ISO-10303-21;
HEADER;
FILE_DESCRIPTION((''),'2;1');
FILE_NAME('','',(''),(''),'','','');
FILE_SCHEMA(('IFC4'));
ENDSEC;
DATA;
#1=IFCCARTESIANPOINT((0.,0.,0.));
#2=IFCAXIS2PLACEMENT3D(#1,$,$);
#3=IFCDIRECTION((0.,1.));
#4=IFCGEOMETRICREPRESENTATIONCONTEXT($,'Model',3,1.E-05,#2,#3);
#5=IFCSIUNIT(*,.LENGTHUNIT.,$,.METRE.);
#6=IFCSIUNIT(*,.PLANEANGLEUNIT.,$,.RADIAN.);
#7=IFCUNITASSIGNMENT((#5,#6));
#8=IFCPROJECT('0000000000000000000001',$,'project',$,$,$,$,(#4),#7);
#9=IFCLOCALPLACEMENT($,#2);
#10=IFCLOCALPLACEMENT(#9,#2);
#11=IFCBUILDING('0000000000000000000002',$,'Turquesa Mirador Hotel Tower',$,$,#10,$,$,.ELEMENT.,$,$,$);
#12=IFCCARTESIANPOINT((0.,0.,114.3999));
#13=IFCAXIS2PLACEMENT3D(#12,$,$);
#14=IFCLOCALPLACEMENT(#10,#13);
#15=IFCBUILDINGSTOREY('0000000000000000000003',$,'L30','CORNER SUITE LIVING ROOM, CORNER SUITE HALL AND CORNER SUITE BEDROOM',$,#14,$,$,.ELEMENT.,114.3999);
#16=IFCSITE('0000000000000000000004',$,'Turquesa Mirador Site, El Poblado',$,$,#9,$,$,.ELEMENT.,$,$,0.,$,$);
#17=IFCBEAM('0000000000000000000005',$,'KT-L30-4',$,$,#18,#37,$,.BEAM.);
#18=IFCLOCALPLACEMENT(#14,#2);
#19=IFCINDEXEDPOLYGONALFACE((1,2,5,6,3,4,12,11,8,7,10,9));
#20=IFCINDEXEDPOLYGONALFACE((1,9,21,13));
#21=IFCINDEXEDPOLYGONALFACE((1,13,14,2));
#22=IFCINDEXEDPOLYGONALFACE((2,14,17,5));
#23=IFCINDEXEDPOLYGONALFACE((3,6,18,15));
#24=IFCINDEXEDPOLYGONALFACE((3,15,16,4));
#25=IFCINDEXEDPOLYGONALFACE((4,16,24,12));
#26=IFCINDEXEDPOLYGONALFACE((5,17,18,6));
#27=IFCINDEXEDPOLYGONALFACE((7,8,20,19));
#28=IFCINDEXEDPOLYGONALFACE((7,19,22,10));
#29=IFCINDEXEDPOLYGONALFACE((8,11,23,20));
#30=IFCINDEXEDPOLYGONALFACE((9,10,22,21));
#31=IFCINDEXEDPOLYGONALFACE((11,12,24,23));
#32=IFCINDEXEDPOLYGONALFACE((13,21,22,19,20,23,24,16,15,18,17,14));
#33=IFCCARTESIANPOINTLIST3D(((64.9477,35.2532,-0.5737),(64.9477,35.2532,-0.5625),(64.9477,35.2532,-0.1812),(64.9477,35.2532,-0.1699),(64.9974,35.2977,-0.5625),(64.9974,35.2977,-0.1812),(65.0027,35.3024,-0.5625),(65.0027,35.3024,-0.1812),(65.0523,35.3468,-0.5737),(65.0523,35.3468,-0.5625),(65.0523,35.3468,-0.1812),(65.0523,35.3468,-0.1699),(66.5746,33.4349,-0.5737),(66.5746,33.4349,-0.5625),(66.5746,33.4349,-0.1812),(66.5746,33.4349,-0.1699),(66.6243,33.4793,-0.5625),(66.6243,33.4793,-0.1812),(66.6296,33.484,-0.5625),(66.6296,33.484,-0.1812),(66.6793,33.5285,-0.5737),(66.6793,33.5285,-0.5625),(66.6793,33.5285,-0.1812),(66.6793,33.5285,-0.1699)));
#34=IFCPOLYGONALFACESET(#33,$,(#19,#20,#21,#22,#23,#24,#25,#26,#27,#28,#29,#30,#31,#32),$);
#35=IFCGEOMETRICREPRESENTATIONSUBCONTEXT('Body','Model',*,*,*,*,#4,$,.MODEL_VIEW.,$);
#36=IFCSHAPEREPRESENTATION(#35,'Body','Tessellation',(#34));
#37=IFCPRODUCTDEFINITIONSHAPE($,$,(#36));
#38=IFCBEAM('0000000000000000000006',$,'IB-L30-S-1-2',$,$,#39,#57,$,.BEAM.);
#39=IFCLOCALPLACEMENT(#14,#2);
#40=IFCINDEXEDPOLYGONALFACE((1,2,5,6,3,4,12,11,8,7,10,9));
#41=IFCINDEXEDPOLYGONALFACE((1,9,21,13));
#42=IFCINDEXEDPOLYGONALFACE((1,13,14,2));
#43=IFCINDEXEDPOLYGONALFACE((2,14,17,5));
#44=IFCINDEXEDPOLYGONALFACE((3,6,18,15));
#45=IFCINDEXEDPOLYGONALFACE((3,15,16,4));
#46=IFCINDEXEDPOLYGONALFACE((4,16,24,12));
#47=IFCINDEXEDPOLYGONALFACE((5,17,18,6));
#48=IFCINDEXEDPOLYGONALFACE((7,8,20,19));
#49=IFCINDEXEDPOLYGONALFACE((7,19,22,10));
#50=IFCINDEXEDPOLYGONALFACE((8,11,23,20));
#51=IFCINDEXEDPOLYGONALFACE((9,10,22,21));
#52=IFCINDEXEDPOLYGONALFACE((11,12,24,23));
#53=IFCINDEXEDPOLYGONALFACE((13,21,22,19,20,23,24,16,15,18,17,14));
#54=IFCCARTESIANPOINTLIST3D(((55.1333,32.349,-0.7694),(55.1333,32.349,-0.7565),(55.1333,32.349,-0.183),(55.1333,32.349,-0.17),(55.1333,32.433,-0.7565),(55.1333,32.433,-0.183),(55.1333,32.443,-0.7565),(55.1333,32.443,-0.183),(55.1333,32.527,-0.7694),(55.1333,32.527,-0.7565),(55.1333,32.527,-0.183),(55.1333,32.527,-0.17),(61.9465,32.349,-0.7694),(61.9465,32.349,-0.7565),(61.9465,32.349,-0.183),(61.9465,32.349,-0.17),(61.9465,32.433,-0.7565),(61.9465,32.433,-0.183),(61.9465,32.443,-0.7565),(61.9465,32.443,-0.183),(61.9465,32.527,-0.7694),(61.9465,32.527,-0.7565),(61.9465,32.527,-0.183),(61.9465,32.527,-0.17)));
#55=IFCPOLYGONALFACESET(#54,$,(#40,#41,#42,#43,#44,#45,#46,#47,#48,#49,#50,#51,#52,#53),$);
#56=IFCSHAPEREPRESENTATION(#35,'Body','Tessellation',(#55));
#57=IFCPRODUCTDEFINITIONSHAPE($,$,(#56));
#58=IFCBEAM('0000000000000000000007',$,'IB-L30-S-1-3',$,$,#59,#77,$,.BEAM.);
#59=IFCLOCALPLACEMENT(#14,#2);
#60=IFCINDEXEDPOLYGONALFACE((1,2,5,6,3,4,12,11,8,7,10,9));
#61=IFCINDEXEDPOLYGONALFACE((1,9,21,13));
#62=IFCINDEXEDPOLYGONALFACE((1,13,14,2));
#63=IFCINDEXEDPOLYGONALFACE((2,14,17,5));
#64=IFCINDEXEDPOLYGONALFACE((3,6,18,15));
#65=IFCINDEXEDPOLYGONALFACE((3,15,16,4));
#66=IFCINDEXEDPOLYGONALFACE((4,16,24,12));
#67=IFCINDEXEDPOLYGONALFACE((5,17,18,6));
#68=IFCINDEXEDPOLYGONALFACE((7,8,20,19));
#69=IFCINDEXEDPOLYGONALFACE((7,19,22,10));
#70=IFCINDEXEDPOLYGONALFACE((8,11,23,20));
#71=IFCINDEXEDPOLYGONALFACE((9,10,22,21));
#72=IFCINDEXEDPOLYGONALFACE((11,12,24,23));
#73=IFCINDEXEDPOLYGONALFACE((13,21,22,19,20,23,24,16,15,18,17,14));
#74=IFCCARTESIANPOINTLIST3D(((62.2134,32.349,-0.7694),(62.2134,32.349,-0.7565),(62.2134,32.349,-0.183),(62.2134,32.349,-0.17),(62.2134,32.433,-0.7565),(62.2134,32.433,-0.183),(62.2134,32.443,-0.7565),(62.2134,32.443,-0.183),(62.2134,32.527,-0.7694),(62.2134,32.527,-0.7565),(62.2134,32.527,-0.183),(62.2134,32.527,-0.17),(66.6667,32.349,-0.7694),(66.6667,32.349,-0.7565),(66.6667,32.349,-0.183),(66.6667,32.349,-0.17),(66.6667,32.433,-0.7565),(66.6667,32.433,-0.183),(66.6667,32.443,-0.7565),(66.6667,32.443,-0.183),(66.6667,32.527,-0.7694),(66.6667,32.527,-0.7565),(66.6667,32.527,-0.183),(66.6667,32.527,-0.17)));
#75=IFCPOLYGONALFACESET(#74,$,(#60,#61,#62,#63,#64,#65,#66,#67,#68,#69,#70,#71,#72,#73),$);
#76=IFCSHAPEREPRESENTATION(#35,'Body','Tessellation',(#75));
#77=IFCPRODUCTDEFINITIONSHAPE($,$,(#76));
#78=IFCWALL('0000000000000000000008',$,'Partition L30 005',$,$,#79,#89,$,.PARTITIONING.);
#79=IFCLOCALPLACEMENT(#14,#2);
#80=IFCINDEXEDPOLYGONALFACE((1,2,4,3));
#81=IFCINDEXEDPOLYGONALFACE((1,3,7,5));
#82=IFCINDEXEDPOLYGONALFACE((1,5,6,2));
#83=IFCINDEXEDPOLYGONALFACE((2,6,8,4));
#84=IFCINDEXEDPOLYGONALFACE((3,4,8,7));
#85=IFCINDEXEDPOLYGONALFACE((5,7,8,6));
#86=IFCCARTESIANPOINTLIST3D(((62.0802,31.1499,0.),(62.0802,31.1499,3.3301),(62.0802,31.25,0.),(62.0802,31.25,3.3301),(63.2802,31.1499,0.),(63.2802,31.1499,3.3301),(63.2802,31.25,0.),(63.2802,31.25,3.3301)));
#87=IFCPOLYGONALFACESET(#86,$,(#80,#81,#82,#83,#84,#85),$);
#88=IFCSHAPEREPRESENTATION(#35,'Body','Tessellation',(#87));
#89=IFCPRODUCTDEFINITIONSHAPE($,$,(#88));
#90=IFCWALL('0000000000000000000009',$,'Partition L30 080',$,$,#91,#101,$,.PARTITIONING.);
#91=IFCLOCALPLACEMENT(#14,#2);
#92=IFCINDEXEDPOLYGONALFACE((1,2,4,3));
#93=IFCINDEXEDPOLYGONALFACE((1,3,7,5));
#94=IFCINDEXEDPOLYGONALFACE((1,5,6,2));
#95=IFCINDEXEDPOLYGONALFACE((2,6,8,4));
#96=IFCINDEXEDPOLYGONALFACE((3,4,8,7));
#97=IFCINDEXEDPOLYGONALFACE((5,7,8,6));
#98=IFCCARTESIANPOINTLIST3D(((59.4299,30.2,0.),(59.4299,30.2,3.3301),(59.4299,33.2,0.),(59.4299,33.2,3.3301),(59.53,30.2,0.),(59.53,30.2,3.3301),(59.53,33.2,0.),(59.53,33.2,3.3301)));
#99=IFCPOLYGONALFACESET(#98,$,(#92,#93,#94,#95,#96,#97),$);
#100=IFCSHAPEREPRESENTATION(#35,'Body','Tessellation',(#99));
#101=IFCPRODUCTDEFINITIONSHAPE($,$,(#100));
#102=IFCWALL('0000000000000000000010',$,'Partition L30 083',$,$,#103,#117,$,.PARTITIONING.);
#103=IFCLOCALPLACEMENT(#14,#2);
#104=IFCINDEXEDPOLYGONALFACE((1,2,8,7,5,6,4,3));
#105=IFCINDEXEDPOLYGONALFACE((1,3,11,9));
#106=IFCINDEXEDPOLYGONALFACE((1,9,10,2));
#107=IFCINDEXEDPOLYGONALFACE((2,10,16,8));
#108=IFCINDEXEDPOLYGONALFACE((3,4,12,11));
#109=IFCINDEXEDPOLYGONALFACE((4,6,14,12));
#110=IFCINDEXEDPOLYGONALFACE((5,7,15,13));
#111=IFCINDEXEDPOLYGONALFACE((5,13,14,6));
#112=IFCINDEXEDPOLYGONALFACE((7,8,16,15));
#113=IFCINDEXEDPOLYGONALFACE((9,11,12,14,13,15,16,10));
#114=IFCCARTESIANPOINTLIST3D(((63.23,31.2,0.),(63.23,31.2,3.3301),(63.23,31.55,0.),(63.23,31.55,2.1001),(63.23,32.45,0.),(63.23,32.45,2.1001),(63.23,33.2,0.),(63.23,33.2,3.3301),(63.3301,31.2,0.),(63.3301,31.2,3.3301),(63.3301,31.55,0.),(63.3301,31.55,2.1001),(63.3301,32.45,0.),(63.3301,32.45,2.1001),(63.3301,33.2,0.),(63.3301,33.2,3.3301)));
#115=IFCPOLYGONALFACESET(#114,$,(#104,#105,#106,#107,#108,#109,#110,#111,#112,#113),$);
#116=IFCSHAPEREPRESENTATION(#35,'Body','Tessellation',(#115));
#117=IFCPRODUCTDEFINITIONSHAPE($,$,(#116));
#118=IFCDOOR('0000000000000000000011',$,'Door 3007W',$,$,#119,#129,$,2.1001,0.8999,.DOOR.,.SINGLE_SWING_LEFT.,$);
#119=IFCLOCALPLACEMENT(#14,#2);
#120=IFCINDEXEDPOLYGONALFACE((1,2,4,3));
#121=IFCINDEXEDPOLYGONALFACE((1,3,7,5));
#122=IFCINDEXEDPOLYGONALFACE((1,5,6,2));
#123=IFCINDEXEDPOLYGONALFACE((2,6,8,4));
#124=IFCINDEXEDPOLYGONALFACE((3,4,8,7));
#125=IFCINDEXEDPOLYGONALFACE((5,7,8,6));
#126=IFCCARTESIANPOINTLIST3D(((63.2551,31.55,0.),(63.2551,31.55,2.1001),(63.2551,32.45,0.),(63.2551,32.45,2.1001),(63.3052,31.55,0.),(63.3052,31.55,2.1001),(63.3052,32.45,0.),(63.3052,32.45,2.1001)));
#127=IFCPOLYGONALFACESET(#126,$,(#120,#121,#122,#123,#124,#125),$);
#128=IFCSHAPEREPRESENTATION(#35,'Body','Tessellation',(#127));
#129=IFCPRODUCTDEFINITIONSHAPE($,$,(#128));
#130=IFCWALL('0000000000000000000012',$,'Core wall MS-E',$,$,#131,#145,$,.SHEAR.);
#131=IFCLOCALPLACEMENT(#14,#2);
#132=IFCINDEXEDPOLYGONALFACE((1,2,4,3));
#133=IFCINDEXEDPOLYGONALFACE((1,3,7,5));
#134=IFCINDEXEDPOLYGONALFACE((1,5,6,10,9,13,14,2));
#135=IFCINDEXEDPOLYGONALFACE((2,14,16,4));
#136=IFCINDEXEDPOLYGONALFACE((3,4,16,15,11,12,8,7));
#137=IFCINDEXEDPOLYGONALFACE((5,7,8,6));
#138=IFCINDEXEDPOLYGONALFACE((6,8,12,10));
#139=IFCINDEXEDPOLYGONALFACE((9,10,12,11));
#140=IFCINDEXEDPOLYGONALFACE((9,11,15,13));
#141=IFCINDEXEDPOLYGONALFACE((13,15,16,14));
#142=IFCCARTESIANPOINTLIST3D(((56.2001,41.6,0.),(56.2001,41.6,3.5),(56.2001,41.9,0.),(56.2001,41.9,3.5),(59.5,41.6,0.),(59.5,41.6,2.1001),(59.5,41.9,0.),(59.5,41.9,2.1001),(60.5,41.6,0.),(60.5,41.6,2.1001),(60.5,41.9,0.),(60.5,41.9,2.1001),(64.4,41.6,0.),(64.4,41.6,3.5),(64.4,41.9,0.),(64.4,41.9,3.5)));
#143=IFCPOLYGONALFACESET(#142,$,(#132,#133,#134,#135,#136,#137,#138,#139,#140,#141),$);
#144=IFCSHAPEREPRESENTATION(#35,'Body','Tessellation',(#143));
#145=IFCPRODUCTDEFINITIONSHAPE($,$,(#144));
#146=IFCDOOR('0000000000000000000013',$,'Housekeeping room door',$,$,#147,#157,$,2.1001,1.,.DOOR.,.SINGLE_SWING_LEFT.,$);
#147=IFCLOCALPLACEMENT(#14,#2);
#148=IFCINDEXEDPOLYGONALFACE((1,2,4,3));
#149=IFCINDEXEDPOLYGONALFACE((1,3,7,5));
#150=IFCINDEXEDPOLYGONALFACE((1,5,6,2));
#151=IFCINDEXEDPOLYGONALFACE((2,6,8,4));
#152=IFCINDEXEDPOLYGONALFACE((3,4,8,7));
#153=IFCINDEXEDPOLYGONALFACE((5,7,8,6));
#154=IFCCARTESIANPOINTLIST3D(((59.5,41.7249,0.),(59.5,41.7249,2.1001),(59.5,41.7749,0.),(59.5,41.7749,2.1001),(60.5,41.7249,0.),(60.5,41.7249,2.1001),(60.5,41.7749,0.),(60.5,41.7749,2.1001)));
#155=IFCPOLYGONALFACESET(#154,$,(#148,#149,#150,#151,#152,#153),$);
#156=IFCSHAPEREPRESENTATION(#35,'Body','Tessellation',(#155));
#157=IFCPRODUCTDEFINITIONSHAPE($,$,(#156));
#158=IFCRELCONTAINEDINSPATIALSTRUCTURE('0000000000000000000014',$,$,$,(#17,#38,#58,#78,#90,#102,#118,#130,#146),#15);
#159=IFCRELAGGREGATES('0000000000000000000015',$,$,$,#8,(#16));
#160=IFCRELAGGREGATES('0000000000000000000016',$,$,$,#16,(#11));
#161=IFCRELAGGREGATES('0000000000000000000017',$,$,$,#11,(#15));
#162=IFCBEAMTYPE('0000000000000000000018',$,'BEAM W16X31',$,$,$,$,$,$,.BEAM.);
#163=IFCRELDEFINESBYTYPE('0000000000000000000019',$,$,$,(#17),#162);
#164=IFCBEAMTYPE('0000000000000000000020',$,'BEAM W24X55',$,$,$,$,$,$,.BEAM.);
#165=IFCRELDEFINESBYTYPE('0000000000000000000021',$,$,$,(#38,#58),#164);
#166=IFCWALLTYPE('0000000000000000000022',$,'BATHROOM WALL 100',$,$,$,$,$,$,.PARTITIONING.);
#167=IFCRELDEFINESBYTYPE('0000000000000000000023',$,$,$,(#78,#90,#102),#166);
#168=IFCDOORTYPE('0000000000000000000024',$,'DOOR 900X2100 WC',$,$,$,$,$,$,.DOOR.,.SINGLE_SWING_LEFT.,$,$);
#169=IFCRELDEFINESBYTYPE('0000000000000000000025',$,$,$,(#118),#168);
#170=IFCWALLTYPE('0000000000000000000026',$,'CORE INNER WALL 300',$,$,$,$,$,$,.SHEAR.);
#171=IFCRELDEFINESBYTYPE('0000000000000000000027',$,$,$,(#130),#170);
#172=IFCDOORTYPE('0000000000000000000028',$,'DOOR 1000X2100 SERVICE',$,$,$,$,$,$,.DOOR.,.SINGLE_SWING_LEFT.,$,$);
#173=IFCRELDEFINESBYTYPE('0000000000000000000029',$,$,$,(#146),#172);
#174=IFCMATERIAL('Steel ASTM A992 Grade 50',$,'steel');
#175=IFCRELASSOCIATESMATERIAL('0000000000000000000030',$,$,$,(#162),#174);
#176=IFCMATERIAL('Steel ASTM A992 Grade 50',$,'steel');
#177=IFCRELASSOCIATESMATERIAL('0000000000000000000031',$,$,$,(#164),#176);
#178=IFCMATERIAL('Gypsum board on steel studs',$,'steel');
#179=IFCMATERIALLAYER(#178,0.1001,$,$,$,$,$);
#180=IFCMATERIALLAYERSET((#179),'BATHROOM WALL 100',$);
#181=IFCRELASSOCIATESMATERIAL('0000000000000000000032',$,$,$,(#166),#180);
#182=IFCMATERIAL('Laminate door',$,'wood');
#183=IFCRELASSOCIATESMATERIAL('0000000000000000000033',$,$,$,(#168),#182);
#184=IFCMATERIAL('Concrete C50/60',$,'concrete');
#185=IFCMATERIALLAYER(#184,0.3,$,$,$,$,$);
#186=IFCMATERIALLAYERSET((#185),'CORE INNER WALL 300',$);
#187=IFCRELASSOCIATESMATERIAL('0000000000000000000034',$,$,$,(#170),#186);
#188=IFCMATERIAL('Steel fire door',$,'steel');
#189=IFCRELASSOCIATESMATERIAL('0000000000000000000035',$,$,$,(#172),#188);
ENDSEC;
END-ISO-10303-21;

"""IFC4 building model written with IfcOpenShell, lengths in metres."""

from ifc_helpers import new_model, si_unit, direction, frame, frame_2d, origin, origin_2d, place, context, subcontext, project, spatial, rectangle, i_section, extrude, material, layer, layer_set, material_profile, profile_set, type_object, element, fill, save


model = new_model("IFC4")

# Units and contexts
model_context = context("Model", 3, precision=1e-05, world=origin(), true_north=direction((0.0, 1.0)))
body_context = subcontext(model_context, "Body", "Model", "MODEL_VIEW")
ifc_project = project(units=[si_unit("LENGTHUNIT", "METRE"), si_unit("PLANEANGLEUNIT", "RADIAN")], contexts=[model_context])

# Site, building, storey
site_placement = place(None, origin())
site = spatial("IfcSite", under=ifc_project, at=site_placement, Name="Turquesa Mirador Site, El Poblado", CompositionType="ELEMENT", RefElevation=0.0)
building_placement = place(site_placement, origin())
building = spatial("IfcBuilding", under=site, at=building_placement, Name="Turquesa Mirador Hotel Tower", CompositionType="ELEMENT")
storey_placement = place(building_placement, frame((0.0, 0.0, 114.3999)))
storey = spatial("IfcBuildingStorey", under=building, at=storey_placement, Name="L30", Description="CORNER SUITE LIVING ROOM, CORNER SUITE HALL AND CORNER SUITE BEDROOM", CompositionType="ELEMENT", Elevation=114.3999)

# Beams
ifc_material_1 = material(Name="Steel ASTM A992 Grade 50", Category="steel")
ifc_material_profile_1 = material_profile(ifc_material_1, i_section(OverallWidth=0.1404, OverallDepth=0.4038, WebThickness=0.0071, FlangeThickness=0.0112, at=origin_2d()), Name="W16X31")
ifc_profile_set_1 = profile_set([ifc_material_profile_1], Name="Steel ASTM A992 Grade 50")
beam_type_1 = type_object("IfcBeamType", Name="BEAM W16X31", PredefinedType="BEAM", material=ifc_profile_set_1)
beam_1_placement = place(storey_placement, frame((66.627, 33.4817, -0.3718), z_axis=(-0.666795, 0.745241, 0.0), x_axis=(-0.745241, -0.666795, 0.0)))
element("IfcBeam", 1, at=beam_1_placement, inside=storey, type_object=beam_type_1, Name="KT-L30-4", PredefinedType="BEAM", context=body_context, shape_type="SweptSolid", body=[
    extrude(i_section(OverallWidth=0.1404, OverallDepth=0.4038, WebThickness=0.0071, FlangeThickness=0.0112, at=origin_2d()), origin(), (0.0, 0.0, 1.0), 2.4399),
])
ifc_material_2 = material(Name="Steel ASTM A992 Grade 50", Category="steel")
ifc_material_profile_2 = material_profile(ifc_material_2, i_section(OverallWidth=0.178, OverallDepth=0.5994, WebThickness=0.01, FlangeThickness=0.0129, at=origin_2d()), Name="W24X55")
ifc_profile_set_2 = profile_set([ifc_material_profile_2], Name="Steel ASTM A992 Grade 50")
beam_type_2 = type_object("IfcBeamType", Name="BEAM W24X55", PredefinedType="BEAM", material=ifc_profile_set_2)
beam_2_placement = place(storey_placement, frame((55.1333, 32.438, -0.4697), z_axis=(1.0, 0.0, 0.0), x_axis=(0.0, 1.0, 0.0)))
element("IfcBeam", 2, at=beam_2_placement, inside=storey, type_object=beam_type_2, Name="IB-L30-S-1-2", PredefinedType="BEAM", context=body_context, shape_type="SweptSolid", body=[
    extrude(i_section(OverallWidth=0.178, OverallDepth=0.5994, WebThickness=0.01, FlangeThickness=0.0129, at=origin_2d()), origin(), (0.0, 0.0, 1.0), 6.8132),
])
beam_3_placement = place(storey_placement, frame((62.2134, 32.438, -0.4697), z_axis=(1.0, 0.0, 0.0), x_axis=(0.0, 1.0, 0.0)))
element("IfcBeam", 3, at=beam_3_placement, inside=storey, type_object=beam_type_2, Name="IB-L30-S-1-3", PredefinedType="BEAM", context=body_context, shape_type="SweptSolid", body=[
    extrude(i_section(OverallWidth=0.178, OverallDepth=0.5994, WebThickness=0.01, FlangeThickness=0.0129, at=origin_2d()), origin(), (0.0, 0.0, 1.0), 4.4534),
])

# Walls
ifc_material_3 = material(Name="Gypsum board on steel studs", Category="steel")
ifc_layer_1 = layer(ifc_material_3, 0.1001)
ifc_layer_set_1 = layer_set([ifc_layer_1], Name="BATHROOM WALL 100")
wall_type_1 = type_object("IfcWallType", Name="BATHROOM WALL 100", PredefinedType="PARTITIONING", material=ifc_layer_set_1)
wall_1_placement = place(storey_placement, frame((62.0801, 31.2, 0.0), z_axis=(0.0, 0.0, 1.0), x_axis=(1.0, 0.0, 0.0)))
element("IfcWall", 4, at=wall_1_placement, inside=storey, type_object=wall_type_1, Name="Partition L30 005", PredefinedType="PARTITIONING", context=body_context, shape_type="SweptSolid", body=[
    extrude(rectangle(XDim=1.2, YDim=0.1001, at=frame_2d((0.6001, 0.0))), origin(), (0.0, 0.0, 1.0), 3.3301),
])
wall_2_placement = place(storey_placement, frame((59.48, 30.2, 0.0), z_axis=(0.0, 0.0, 1.0), x_axis=(0.0, 1.0, 0.0)))
element("IfcWall", 5, at=wall_2_placement, inside=storey, type_object=wall_type_1, Name="Partition L30 080", PredefinedType="PARTITIONING", context=body_context, shape_type="SweptSolid", body=[
    extrude(rectangle(XDim=3.0, YDim=0.1001, at=frame_2d((1.5, 0.0))), origin(), (0.0, 0.0, 1.0), 3.3301),
])

# Walls, openings, doors
wall_3_placement = place(storey_placement, frame((63.28, 31.2, 0.0), z_axis=(0.0, 0.0, 1.0), x_axis=(0.0, 1.0, 0.0)))
wall_3 = element("IfcWall", 6, at=wall_3_placement, inside=storey, type_object=wall_type_1, Name="Partition L30 083", PredefinedType="PARTITIONING", context=body_context, shape_type="SweptSolid", body=[
    extrude(rectangle(XDim=2.0, YDim=0.1001, at=frame_2d((1.0, 0.0))), origin(), (0.0, 0.0, 1.0), 3.3301),
])
opening_1_placement = place(wall_3_placement, frame((0.3501, 0.0, 0.0)))
opening_1 = element("IfcOpeningElement", 7, at=opening_1_placement, cuts=wall_3, PredefinedType="OPENING", context=body_context, shape_type="SweptSolid", body=[
    extrude(rectangle(XDim=0.8999, YDim=2.1001, at=frame_2d((0.45, 1.05))), frame((0.0, 0.0601, 0.0), z_axis=(0.0, -1.0, 0.0), x_axis=(1.0, 0.0, 0.0)), (0.0, 0.0, 1.0), 0.1201),
])
ifc_material_4 = material(Name="Laminate door", Category="wood")
door_type_1 = type_object("IfcDoorType", Name="DOOR 900X2100 WC", OperationType="SINGLE_SWING_LEFT", PredefinedType="DOOR", material=ifc_material_4)
door_1_placement = place(opening_1_placement, origin())
door_1 = element("IfcDoor", 8, at=door_1_placement, inside=storey, type_object=door_type_1, Name="Door 3007W", OperationType="SINGLE_SWING_LEFT", OverallHeight=2.1001, OverallWidth=0.8999, PredefinedType="DOOR", context=body_context, shape_type="SweptSolid", body=[
    extrude(rectangle(XDim=0.8999, YDim=2.1001, at=frame_2d((0.45, 1.05))), frame((0.0, 0.0249, 0.0), z_axis=(0.0, -1.0, 0.0), x_axis=(1.0, 0.0, 0.0)), (0.0, 0.0, 1.0), 0.05),
])
fill(opening_1, door_1)
ifc_material_5 = material(Name="Concrete C50/60", Category="concrete")
ifc_layer_2 = layer(ifc_material_5, 0.3)
ifc_layer_set_2 = layer_set([ifc_layer_2], Name="CORE INNER WALL 300")
wall_type_2 = type_object("IfcWallType", Name="CORE INNER WALL 300", PredefinedType="SHEAR", material=ifc_layer_set_2)
wall_4_placement = place(storey_placement, frame((56.2, 41.75, 0.0), z_axis=(0.0, 0.0, 1.0), x_axis=(1.0, 0.0, 0.0)))
wall_4 = element("IfcWall", 9, at=wall_4_placement, inside=storey, type_object=wall_type_2, Name="Core wall MS-E", PredefinedType="SHEAR", context=body_context, shape_type="SweptSolid", body=[
    extrude(rectangle(XDim=8.2, YDim=0.3, at=frame_2d((4.1001, 0.0))), origin(), (0.0, 0.0, 1.0), 3.5),
])
opening_2_placement = place(wall_4_placement, frame((3.3, 0.0, 0.0)))
opening_2 = element("IfcOpeningElement", 10, at=opening_2_placement, cuts=wall_4, PredefinedType="OPENING", context=body_context, shape_type="SweptSolid", body=[
    extrude(rectangle(XDim=1.0, YDim=2.1001, at=frame_2d((0.5, 1.05))), frame((0.0, 0.1599, 0.0), z_axis=(0.0, -1.0, 0.0), x_axis=(1.0, 0.0, 0.0)), (0.0, 0.0, 1.0), 0.3201),
])
ifc_material_6 = material(Name="Steel fire door", Category="steel")
door_type_2 = type_object("IfcDoorType", Name="DOOR 1000X2100 SERVICE", OperationType="SINGLE_SWING_LEFT", PredefinedType="DOOR", material=ifc_material_6)
door_2_placement = place(opening_2_placement, origin())
door_2 = element("IfcDoor", 11, at=door_2_placement, inside=storey, type_object=door_type_2, Name="Housekeeping room door", OperationType="SINGLE_SWING_LEFT", OverallHeight=2.1001, OverallWidth=1.0, PredefinedType="DOOR", context=body_context, shape_type="SweptSolid", body=[
    extrude(rectangle(XDim=1.0, YDim=2.1001, at=frame_2d((0.5, 1.05))), frame((0.0, 0.0249, 0.0), z_axis=(0.0, -1.0, 0.0), x_axis=(1.0, 0.0, 0.0)), (0.0, 0.0, 1.0), 0.05),
])
fill(opening_2, door_2)

save(model, "model.ifc")
